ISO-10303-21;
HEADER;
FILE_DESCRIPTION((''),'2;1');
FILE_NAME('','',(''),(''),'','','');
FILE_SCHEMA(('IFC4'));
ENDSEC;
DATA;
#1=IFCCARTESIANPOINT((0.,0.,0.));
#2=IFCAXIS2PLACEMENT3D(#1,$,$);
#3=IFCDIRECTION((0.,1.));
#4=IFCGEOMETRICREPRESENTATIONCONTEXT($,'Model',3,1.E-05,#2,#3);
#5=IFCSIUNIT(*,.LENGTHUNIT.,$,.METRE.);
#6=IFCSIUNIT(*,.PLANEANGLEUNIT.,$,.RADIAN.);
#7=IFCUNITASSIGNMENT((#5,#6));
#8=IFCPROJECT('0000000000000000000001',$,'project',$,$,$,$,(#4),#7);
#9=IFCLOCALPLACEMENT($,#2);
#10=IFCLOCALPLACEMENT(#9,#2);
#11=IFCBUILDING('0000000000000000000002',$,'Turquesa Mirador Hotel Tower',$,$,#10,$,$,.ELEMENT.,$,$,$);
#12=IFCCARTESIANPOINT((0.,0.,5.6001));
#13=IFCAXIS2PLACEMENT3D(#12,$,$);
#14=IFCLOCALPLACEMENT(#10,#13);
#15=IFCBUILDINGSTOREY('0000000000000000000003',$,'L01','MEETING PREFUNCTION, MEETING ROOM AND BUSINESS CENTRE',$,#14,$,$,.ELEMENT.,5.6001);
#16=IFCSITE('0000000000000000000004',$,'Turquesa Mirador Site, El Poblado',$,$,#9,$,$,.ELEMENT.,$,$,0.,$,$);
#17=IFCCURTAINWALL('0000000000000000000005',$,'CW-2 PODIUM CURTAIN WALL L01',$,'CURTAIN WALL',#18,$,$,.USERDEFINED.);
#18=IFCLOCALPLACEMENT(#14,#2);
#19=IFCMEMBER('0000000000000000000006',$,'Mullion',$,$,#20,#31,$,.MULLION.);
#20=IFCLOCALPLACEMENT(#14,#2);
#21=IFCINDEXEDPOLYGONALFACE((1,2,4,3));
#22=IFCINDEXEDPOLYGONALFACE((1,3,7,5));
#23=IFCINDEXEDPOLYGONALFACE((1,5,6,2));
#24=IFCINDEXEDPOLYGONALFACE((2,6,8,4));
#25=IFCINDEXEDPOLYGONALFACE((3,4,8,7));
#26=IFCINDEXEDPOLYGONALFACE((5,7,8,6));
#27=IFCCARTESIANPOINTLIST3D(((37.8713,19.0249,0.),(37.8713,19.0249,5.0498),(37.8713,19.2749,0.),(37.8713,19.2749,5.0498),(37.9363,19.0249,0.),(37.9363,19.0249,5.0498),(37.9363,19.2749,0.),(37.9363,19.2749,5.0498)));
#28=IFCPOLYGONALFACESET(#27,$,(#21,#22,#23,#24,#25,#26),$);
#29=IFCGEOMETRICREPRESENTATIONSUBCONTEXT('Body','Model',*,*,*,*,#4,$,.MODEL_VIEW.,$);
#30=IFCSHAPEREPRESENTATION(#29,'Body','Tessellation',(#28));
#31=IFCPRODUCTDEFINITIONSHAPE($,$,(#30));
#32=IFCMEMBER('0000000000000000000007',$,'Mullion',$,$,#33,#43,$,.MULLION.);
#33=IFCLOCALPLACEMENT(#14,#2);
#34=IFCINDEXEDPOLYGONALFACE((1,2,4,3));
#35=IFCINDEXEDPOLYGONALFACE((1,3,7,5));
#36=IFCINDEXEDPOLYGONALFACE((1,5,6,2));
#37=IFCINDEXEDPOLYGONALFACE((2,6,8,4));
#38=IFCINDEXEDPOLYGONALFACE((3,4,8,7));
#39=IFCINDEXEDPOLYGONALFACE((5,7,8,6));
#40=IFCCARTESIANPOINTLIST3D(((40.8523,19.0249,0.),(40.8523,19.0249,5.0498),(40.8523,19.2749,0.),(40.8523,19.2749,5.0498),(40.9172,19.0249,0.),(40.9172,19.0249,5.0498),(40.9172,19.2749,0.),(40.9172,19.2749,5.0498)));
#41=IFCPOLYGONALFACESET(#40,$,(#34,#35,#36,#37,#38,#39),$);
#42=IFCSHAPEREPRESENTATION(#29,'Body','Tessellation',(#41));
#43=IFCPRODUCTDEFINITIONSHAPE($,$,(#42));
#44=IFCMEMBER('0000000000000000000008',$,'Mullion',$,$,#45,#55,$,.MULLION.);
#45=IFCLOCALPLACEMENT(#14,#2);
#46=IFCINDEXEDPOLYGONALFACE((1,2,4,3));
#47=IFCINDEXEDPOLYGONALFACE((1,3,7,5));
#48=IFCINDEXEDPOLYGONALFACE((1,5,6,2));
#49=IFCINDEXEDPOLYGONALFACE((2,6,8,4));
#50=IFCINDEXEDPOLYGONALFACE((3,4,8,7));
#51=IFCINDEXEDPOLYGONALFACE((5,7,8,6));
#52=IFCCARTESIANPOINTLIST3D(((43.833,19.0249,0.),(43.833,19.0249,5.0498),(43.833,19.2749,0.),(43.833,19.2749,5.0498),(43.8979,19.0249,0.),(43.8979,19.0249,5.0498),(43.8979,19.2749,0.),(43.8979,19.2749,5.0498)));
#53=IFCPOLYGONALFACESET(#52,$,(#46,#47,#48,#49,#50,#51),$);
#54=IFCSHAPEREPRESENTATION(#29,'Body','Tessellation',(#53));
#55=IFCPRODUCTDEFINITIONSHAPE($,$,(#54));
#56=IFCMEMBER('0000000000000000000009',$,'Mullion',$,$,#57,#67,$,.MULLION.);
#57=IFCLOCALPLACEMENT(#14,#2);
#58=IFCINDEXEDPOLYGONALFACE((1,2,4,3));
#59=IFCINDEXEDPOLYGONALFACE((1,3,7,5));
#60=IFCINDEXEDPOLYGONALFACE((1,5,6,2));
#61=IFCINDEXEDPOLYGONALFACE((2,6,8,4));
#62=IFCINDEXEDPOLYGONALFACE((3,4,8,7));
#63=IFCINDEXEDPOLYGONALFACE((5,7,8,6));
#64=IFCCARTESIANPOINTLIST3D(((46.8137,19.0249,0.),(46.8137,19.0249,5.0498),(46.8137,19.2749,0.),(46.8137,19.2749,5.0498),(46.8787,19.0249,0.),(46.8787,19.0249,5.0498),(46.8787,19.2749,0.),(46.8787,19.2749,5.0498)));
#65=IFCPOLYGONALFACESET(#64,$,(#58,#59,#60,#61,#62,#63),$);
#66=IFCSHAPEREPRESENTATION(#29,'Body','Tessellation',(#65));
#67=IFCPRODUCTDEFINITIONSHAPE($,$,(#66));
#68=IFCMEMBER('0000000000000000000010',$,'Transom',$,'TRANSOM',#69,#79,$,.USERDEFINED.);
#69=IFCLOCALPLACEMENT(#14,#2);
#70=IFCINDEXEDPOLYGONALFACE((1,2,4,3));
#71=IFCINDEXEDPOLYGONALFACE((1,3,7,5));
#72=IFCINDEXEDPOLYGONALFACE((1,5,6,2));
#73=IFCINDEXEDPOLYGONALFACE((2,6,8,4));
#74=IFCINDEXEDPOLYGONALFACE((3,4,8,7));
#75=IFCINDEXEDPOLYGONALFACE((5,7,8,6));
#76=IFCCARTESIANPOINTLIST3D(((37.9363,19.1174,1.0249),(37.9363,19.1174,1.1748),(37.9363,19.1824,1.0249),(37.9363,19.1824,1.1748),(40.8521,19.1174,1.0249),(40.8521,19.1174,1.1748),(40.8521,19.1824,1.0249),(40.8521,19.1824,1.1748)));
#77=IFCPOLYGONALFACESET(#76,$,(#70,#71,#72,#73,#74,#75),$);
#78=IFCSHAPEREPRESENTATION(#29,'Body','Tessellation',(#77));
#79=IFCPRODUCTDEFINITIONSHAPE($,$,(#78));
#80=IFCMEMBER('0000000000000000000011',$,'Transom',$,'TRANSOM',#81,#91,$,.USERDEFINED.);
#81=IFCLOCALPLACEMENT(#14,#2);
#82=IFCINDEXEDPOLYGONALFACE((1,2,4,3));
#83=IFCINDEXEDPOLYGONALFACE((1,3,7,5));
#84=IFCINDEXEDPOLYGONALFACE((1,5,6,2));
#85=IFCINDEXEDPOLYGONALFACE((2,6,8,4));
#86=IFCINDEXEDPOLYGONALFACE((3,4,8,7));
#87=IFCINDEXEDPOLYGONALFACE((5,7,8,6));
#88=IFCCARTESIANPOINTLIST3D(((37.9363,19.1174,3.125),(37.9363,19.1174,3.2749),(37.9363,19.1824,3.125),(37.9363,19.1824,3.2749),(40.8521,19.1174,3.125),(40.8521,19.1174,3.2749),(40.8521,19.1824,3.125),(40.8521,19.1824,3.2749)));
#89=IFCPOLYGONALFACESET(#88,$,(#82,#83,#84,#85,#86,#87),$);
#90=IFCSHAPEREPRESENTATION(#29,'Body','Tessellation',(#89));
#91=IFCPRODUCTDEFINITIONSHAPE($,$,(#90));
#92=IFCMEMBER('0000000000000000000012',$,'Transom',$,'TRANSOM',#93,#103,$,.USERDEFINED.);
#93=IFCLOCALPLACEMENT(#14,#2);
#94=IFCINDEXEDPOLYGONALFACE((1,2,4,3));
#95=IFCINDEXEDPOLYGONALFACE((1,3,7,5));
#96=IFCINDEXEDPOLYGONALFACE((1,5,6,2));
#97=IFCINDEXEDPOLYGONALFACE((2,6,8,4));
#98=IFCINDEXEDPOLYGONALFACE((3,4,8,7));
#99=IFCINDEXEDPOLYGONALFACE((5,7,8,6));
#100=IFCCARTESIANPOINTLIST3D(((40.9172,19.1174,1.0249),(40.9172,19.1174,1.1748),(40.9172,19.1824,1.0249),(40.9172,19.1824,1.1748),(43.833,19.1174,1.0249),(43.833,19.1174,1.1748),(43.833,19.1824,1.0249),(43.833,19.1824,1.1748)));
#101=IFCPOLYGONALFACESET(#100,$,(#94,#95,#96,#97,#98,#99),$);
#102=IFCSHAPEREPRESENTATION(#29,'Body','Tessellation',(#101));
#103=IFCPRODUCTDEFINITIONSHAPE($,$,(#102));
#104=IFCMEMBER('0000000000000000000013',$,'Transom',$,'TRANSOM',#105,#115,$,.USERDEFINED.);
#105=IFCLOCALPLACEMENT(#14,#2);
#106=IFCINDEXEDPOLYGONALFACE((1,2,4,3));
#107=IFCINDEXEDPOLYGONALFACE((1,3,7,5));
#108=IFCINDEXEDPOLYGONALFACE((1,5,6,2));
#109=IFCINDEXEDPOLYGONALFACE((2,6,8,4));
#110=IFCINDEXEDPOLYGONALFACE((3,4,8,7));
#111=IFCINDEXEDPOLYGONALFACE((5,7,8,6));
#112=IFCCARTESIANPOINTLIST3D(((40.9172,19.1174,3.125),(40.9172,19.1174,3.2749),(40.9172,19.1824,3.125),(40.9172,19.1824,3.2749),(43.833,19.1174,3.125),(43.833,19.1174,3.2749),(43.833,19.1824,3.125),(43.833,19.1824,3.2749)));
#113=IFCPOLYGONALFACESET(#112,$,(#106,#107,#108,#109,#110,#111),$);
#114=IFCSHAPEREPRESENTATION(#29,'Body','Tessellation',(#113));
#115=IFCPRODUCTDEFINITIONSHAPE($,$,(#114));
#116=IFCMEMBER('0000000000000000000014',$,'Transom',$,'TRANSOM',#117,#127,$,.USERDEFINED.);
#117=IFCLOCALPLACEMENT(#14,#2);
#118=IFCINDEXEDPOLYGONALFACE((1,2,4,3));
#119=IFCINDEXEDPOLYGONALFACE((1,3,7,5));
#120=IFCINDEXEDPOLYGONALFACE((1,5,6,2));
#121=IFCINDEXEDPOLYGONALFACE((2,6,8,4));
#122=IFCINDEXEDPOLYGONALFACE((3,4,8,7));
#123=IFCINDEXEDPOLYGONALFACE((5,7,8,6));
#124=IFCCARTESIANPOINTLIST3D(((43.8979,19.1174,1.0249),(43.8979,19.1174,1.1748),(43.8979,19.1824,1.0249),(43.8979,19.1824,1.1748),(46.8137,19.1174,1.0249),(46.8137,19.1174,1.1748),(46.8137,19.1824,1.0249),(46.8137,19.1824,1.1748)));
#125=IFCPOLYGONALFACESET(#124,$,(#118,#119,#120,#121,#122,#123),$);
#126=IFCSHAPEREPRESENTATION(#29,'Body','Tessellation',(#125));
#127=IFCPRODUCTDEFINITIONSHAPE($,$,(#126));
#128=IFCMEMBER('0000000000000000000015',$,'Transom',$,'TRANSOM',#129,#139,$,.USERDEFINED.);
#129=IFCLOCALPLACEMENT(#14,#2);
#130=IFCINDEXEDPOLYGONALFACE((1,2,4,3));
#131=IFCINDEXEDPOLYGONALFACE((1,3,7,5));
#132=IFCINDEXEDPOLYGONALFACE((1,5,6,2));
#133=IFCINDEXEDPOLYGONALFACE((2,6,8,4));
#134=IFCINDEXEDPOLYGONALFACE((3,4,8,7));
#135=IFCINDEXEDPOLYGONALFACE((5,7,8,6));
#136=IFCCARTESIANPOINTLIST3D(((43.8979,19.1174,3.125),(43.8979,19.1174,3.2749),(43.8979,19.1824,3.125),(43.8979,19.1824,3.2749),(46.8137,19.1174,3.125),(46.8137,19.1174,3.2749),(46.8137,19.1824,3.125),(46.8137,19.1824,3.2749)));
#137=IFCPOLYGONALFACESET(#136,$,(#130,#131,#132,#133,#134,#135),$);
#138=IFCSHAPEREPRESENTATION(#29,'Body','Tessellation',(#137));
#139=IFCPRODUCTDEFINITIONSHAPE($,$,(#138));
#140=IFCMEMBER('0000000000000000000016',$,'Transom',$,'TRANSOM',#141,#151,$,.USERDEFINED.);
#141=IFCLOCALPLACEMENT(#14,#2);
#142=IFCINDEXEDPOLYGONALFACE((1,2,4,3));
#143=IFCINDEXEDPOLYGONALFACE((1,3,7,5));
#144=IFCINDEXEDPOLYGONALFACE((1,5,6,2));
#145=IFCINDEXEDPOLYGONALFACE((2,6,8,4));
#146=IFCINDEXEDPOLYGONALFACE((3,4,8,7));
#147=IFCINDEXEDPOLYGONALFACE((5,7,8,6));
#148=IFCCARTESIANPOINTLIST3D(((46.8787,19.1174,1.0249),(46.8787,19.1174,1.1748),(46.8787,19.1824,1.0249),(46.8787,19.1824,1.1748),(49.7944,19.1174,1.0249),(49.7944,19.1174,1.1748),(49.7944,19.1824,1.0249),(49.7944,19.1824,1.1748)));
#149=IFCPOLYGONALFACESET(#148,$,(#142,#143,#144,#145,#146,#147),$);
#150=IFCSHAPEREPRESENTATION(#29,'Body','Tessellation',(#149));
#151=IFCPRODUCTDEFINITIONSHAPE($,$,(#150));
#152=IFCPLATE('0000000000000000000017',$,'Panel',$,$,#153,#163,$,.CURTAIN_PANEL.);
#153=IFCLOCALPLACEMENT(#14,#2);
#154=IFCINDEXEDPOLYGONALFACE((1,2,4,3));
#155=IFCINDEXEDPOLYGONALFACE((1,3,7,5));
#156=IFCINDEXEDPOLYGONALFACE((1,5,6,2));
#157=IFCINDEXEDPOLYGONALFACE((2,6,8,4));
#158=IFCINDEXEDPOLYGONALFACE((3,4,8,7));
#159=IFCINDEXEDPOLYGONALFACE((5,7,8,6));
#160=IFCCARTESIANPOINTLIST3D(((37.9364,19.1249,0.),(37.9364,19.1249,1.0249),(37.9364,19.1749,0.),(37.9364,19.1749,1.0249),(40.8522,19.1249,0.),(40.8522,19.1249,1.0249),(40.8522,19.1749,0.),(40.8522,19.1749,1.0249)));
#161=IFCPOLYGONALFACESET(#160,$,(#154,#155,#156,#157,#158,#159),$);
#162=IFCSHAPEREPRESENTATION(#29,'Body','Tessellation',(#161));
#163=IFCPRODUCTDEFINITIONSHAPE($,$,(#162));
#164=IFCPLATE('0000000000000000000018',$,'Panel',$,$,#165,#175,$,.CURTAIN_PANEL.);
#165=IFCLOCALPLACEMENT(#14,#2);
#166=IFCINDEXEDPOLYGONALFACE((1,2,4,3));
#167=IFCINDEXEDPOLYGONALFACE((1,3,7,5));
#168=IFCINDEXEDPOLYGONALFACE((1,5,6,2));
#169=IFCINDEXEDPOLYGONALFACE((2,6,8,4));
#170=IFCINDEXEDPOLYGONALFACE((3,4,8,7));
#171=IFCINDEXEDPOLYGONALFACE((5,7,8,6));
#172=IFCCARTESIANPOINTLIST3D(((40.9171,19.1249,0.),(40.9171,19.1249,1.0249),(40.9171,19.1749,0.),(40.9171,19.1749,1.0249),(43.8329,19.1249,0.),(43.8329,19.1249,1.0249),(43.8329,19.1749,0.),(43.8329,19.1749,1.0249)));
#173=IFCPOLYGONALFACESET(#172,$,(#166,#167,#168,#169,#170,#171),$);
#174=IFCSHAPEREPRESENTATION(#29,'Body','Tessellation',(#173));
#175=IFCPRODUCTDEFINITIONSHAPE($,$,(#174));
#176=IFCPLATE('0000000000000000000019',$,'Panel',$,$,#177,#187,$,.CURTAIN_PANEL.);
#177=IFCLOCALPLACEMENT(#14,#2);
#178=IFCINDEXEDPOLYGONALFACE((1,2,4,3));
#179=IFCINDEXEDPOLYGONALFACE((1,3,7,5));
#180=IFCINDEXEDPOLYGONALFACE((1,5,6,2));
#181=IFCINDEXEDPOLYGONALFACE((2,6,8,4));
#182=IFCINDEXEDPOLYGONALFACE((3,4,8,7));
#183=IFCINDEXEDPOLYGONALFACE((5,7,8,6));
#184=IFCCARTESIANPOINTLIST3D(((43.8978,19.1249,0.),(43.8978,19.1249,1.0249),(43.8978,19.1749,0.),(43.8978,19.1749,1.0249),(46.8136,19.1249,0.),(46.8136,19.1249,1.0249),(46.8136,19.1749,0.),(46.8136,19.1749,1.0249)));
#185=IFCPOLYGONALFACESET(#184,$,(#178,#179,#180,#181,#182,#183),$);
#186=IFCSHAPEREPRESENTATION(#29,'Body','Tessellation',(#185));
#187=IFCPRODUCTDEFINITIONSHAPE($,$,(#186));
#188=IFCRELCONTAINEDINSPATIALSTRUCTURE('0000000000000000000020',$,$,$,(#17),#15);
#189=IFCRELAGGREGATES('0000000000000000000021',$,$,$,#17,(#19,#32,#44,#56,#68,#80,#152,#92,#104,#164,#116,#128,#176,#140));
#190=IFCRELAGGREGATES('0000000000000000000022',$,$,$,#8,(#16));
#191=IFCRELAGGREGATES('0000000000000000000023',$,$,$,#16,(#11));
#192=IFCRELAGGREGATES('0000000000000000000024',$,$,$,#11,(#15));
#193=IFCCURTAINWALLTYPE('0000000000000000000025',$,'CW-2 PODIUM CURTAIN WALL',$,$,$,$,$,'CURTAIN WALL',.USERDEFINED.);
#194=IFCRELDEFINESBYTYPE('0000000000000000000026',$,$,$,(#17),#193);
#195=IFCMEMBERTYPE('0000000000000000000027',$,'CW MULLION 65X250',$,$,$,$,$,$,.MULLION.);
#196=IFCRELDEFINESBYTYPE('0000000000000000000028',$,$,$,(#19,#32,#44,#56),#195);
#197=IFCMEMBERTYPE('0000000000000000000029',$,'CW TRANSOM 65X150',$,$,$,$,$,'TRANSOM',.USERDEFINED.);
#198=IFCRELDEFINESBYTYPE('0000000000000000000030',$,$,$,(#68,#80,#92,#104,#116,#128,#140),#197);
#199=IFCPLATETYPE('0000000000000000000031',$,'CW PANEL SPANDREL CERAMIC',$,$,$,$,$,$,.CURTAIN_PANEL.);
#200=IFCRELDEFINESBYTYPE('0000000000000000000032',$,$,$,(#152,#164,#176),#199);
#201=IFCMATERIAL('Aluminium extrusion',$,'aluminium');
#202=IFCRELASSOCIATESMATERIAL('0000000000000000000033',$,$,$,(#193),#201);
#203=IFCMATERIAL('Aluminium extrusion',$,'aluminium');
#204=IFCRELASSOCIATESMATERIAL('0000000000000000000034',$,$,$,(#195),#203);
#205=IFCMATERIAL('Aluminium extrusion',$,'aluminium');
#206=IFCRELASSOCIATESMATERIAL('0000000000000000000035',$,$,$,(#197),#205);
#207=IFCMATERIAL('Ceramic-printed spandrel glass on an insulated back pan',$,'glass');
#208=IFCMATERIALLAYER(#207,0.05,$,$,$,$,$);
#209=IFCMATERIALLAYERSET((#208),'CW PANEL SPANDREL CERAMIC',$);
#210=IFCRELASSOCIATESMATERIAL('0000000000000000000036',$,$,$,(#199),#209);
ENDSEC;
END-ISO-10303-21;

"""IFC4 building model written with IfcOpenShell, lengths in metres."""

from ifc_helpers import new_model, si_unit, direction, frame, origin, origin_2d, place, context, subcontext, project, spatial, rectangle, extrude, material, layer, layer_set, material_profile, profile_set, type_object, element, aggregate, save


model = new_model("IFC4")

# Units and contexts
model_context = context("Model", 3, precision=1e-05, world=origin(), true_north=direction((0.0, 1.0)))
body_context = subcontext(model_context, "Body", "Model", "MODEL_VIEW")
ifc_project = project(units=[si_unit("LENGTHUNIT", "METRE"), si_unit("PLANEANGLEUNIT", "RADIAN")], contexts=[model_context])

# Site, building, storey
site_placement = place(None, origin())
site = spatial("IfcSite", under=ifc_project, at=site_placement, Name="Turquesa Mirador Site, El Poblado", CompositionType="ELEMENT", RefElevation=0.0)
building_placement = place(site_placement, origin())
building = spatial("IfcBuilding", under=site, at=building_placement, Name="Turquesa Mirador Hotel Tower", CompositionType="ELEMENT")
storey_placement = place(building_placement, frame((0.0, 0.0, 5.6001)))
storey = spatial("IfcBuildingStorey", under=building, at=storey_placement, Name="L01", Description="MEETING PREFUNCTION, MEETING ROOM AND BUSINESS CENTRE", CompositionType="ELEMENT", Elevation=5.6001)

# Curtain wall, members, plates
ifc_material_1 = material(Name="Aluminium extrusion", Category="aluminium")
curtain_wall_type = type_object("IfcCurtainWallType", Name="CW-2 PODIUM CURTAIN WALL", ElementType="CURTAIN WALL", PredefinedType="USERDEFINED", material=ifc_material_1)
curtain_wall_placement = place(storey_placement, origin())
curtain_wall = element("IfcCurtainWall", 1, at=curtain_wall_placement, inside=storey, type_object=curtain_wall_type, Name="CW-2 PODIUM CURTAIN WALL L01", ObjectType="CURTAIN WALL", PredefinedType="USERDEFINED")
ifc_material_2 = material(Name="Aluminium extrusion", Category="aluminium")
ifc_material_profile_1 = material_profile(ifc_material_2, rectangle(XDim=0.0649, YDim=0.25, at=origin_2d()), Name="MULLION 65X250")
ifc_profile_set_1 = profile_set([ifc_material_profile_1], Name="Aluminium extrusion")
member_type_1 = type_object("IfcMemberType", Name="CW MULLION 65X250", PredefinedType="MULLION", material=ifc_profile_set_1)
member_1_placement = place(storey_placement, frame((37.9038, 19.1499, 0.0), z_axis=(0.0, 0.0, 1.0), x_axis=(1.0, 0.0, 0.0)))
member_1 = element("IfcMember", 2, at=member_1_placement, type_object=member_type_1, Name="Mullion", PredefinedType="MULLION", context=body_context, shape_type="SweptSolid", body=[
    extrude(rectangle(XDim=0.0649, YDim=0.25, at=origin_2d()), origin(), (0.0, 0.0, 1.0), 5.0498),
])
member_2_placement = place(storey_placement, frame((40.8848, 19.1499, 0.0), z_axis=(0.0, 0.0, 1.0), x_axis=(1.0, 0.0, 0.0)))
member_2 = element("IfcMember", 3, at=member_2_placement, type_object=member_type_1, Name="Mullion", PredefinedType="MULLION", context=body_context, shape_type="SweptSolid", body=[
    extrude(rectangle(XDim=0.0649, YDim=0.25, at=origin_2d()), origin(), (0.0, 0.0, 1.0), 5.0498),
])
member_3_placement = place(storey_placement, frame((43.8655, 19.1499, 0.0), z_axis=(0.0, 0.0, 1.0), x_axis=(1.0, 0.0, 0.0)))
member_3 = element("IfcMember", 4, at=member_3_placement, type_object=member_type_1, Name="Mullion", PredefinedType="MULLION", context=body_context, shape_type="SweptSolid", body=[
    extrude(rectangle(XDim=0.0649, YDim=0.25, at=origin_2d()), origin(), (0.0, 0.0, 1.0), 5.0498),
])
member_4_placement = place(storey_placement, frame((46.8462, 19.1499, 0.0), z_axis=(0.0, 0.0, 1.0), x_axis=(1.0, 0.0, 0.0)))
member_4 = element("IfcMember", 5, at=member_4_placement, type_object=member_type_1, Name="Mullion", PredefinedType="MULLION", context=body_context, shape_type="SweptSolid", body=[
    extrude(rectangle(XDim=0.0649, YDim=0.25, at=origin_2d()), origin(), (0.0, 0.0, 1.0), 5.0498),
])
ifc_material_3 = material(Name="Aluminium extrusion", Category="aluminium")
ifc_material_profile_2 = material_profile(ifc_material_3, rectangle(XDim=0.0649, YDim=0.1499, at=origin_2d()), Name="TRANSOM 65X150")
ifc_profile_set_2 = profile_set([ifc_material_profile_2], Name="Aluminium extrusion")
member_type_2 = type_object("IfcMemberType", Name="CW TRANSOM 65X150", ElementType="TRANSOM", PredefinedType="USERDEFINED", material=ifc_profile_set_2)
member_5_placement = place(storey_placement, frame((37.9363, 19.1499, 1.0999), z_axis=(1.0, 0.0, 0.0), x_axis=(0.0, 1.0, 0.0)))
member_5 = element("IfcMember", 6, at=member_5_placement, type_object=member_type_2, Name="Transom", ObjectType="TRANSOM", PredefinedType="USERDEFINED", context=body_context, shape_type="SweptSolid", body=[
    extrude(rectangle(XDim=0.0649, YDim=0.1499, at=origin_2d()), origin(), (0.0, 0.0, 1.0), 2.9158),
])
member_6_placement = place(storey_placement, frame((37.9363, 19.1499, 3.2), z_axis=(1.0, 0.0, 0.0), x_axis=(0.0, 1.0, 0.0)))
member_6 = element("IfcMember", 7, at=member_6_placement, type_object=member_type_2, Name="Transom", ObjectType="TRANSOM", PredefinedType="USERDEFINED", context=body_context, shape_type="SweptSolid", body=[
    extrude(rectangle(XDim=0.0649, YDim=0.1499, at=origin_2d()), origin(), (0.0, 0.0, 1.0), 2.9158),
])
member_7_placement = place(storey_placement, frame((40.9172, 19.1499, 1.0999), z_axis=(1.0, 0.0, 0.0), x_axis=(0.0, 1.0, 0.0)))
member_7 = element("IfcMember", 8, at=member_7_placement, type_object=member_type_2, Name="Transom", ObjectType="TRANSOM", PredefinedType="USERDEFINED", context=body_context, shape_type="SweptSolid", body=[
    extrude(rectangle(XDim=0.0649, YDim=0.1499, at=origin_2d()), origin(), (0.0, 0.0, 1.0), 2.9158),
])
member_8_placement = place(storey_placement, frame((40.9172, 19.1499, 3.2), z_axis=(1.0, 0.0, 0.0), x_axis=(0.0, 1.0, 0.0)))
member_8 = element("IfcMember", 9, at=member_8_placement, type_object=member_type_2, Name="Transom", ObjectType="TRANSOM", PredefinedType="USERDEFINED", context=body_context, shape_type="SweptSolid", body=[
    extrude(rectangle(XDim=0.0649, YDim=0.1499, at=origin_2d()), origin(), (0.0, 0.0, 1.0), 2.9158),
])
member_9_placement = place(storey_placement, frame((43.8979, 19.1499, 1.0999), z_axis=(1.0, 0.0, 0.0), x_axis=(0.0, 1.0, 0.0)))
member_9 = element("IfcMember", 10, at=member_9_placement, type_object=member_type_2, Name="Transom", ObjectType="TRANSOM", PredefinedType="USERDEFINED", context=body_context, shape_type="SweptSolid", body=[
    extrude(rectangle(XDim=0.0649, YDim=0.1499, at=origin_2d()), origin(), (0.0, 0.0, 1.0), 2.9158),
])
member_10_placement = place(storey_placement, frame((43.8979, 19.1499, 3.2), z_axis=(1.0, 0.0, 0.0), x_axis=(0.0, 1.0, 0.0)))
member_10 = element("IfcMember", 11, at=member_10_placement, type_object=member_type_2, Name="Transom", ObjectType="TRANSOM", PredefinedType="USERDEFINED", context=body_context, shape_type="SweptSolid", body=[
    extrude(rectangle(XDim=0.0649, YDim=0.1499, at=origin_2d()), origin(), (0.0, 0.0, 1.0), 2.9158),
])
member_11_placement = place(storey_placement, frame((46.8787, 19.1499, 1.0999), z_axis=(1.0, 0.0, 0.0), x_axis=(0.0, 1.0, 0.0)))
member_11 = element("IfcMember", 12, at=member_11_placement, type_object=member_type_2, Name="Transom", ObjectType="TRANSOM", PredefinedType="USERDEFINED", context=body_context, shape_type="SweptSolid", body=[
    extrude(rectangle(XDim=0.0649, YDim=0.1499, at=origin_2d()), origin(), (0.0, 0.0, 1.0), 2.9158),
])
ifc_material_4 = material(Name="Ceramic-printed spandrel glass on an insulated back pan", Category="glass")
ifc_layer_1 = layer(ifc_material_4, 0.05)
ifc_layer_set_1 = layer_set([ifc_layer_1], Name="CW PANEL SPANDREL CERAMIC")
plate_type_1 = type_object("IfcPlateType", Name="CW PANEL SPANDREL CERAMIC", PredefinedType="CURTAIN_PANEL", material=ifc_layer_set_1)
plate_1_placement = place(storey_placement, frame((39.3943, 19.1499, 0.0), z_axis=(0.0, 0.0, 1.0), x_axis=(1.0, 0.0, 0.0)))
plate_1 = element("IfcPlate", 13, at=plate_1_placement, type_object=plate_type_1, Name="Panel", PredefinedType="CURTAIN_PANEL", context=body_context, shape_type="SweptSolid", body=[
    extrude(rectangle(XDim=2.9158, YDim=0.05, at=origin_2d()), origin(), (0.0, 0.0, 1.0), 1.0249),
])
plate_2_placement = place(storey_placement, frame((42.375, 19.1499, 0.0), z_axis=(0.0, 0.0, 1.0), x_axis=(1.0, 0.0, 0.0)))
plate_2 = element("IfcPlate", 14, at=plate_2_placement, type_object=plate_type_1, Name="Panel", PredefinedType="CURTAIN_PANEL", context=body_context, shape_type="SweptSolid", body=[
    extrude(rectangle(XDim=2.9158, YDim=0.05, at=origin_2d()), origin(), (0.0, 0.0, 1.0), 1.0249),
])
plate_3_placement = place(storey_placement, frame((45.3557, 19.1499, 0.0), z_axis=(0.0, 0.0, 1.0), x_axis=(1.0, 0.0, 0.0)))
plate_3 = element("IfcPlate", 15, at=plate_3_placement, type_object=plate_type_1, Name="Panel", PredefinedType="CURTAIN_PANEL", context=body_context, shape_type="SweptSolid", body=[
    extrude(rectangle(XDim=2.9158, YDim=0.05, at=origin_2d()), origin(), (0.0, 0.0, 1.0), 1.0249),
])
aggregate(curtain_wall, [member_1, member_2, member_3, member_4, member_5, member_6, plate_1, member_7, member_8, plate_2, member_9, member_10, plate_3, member_11])

save(model, "model.ifc")
